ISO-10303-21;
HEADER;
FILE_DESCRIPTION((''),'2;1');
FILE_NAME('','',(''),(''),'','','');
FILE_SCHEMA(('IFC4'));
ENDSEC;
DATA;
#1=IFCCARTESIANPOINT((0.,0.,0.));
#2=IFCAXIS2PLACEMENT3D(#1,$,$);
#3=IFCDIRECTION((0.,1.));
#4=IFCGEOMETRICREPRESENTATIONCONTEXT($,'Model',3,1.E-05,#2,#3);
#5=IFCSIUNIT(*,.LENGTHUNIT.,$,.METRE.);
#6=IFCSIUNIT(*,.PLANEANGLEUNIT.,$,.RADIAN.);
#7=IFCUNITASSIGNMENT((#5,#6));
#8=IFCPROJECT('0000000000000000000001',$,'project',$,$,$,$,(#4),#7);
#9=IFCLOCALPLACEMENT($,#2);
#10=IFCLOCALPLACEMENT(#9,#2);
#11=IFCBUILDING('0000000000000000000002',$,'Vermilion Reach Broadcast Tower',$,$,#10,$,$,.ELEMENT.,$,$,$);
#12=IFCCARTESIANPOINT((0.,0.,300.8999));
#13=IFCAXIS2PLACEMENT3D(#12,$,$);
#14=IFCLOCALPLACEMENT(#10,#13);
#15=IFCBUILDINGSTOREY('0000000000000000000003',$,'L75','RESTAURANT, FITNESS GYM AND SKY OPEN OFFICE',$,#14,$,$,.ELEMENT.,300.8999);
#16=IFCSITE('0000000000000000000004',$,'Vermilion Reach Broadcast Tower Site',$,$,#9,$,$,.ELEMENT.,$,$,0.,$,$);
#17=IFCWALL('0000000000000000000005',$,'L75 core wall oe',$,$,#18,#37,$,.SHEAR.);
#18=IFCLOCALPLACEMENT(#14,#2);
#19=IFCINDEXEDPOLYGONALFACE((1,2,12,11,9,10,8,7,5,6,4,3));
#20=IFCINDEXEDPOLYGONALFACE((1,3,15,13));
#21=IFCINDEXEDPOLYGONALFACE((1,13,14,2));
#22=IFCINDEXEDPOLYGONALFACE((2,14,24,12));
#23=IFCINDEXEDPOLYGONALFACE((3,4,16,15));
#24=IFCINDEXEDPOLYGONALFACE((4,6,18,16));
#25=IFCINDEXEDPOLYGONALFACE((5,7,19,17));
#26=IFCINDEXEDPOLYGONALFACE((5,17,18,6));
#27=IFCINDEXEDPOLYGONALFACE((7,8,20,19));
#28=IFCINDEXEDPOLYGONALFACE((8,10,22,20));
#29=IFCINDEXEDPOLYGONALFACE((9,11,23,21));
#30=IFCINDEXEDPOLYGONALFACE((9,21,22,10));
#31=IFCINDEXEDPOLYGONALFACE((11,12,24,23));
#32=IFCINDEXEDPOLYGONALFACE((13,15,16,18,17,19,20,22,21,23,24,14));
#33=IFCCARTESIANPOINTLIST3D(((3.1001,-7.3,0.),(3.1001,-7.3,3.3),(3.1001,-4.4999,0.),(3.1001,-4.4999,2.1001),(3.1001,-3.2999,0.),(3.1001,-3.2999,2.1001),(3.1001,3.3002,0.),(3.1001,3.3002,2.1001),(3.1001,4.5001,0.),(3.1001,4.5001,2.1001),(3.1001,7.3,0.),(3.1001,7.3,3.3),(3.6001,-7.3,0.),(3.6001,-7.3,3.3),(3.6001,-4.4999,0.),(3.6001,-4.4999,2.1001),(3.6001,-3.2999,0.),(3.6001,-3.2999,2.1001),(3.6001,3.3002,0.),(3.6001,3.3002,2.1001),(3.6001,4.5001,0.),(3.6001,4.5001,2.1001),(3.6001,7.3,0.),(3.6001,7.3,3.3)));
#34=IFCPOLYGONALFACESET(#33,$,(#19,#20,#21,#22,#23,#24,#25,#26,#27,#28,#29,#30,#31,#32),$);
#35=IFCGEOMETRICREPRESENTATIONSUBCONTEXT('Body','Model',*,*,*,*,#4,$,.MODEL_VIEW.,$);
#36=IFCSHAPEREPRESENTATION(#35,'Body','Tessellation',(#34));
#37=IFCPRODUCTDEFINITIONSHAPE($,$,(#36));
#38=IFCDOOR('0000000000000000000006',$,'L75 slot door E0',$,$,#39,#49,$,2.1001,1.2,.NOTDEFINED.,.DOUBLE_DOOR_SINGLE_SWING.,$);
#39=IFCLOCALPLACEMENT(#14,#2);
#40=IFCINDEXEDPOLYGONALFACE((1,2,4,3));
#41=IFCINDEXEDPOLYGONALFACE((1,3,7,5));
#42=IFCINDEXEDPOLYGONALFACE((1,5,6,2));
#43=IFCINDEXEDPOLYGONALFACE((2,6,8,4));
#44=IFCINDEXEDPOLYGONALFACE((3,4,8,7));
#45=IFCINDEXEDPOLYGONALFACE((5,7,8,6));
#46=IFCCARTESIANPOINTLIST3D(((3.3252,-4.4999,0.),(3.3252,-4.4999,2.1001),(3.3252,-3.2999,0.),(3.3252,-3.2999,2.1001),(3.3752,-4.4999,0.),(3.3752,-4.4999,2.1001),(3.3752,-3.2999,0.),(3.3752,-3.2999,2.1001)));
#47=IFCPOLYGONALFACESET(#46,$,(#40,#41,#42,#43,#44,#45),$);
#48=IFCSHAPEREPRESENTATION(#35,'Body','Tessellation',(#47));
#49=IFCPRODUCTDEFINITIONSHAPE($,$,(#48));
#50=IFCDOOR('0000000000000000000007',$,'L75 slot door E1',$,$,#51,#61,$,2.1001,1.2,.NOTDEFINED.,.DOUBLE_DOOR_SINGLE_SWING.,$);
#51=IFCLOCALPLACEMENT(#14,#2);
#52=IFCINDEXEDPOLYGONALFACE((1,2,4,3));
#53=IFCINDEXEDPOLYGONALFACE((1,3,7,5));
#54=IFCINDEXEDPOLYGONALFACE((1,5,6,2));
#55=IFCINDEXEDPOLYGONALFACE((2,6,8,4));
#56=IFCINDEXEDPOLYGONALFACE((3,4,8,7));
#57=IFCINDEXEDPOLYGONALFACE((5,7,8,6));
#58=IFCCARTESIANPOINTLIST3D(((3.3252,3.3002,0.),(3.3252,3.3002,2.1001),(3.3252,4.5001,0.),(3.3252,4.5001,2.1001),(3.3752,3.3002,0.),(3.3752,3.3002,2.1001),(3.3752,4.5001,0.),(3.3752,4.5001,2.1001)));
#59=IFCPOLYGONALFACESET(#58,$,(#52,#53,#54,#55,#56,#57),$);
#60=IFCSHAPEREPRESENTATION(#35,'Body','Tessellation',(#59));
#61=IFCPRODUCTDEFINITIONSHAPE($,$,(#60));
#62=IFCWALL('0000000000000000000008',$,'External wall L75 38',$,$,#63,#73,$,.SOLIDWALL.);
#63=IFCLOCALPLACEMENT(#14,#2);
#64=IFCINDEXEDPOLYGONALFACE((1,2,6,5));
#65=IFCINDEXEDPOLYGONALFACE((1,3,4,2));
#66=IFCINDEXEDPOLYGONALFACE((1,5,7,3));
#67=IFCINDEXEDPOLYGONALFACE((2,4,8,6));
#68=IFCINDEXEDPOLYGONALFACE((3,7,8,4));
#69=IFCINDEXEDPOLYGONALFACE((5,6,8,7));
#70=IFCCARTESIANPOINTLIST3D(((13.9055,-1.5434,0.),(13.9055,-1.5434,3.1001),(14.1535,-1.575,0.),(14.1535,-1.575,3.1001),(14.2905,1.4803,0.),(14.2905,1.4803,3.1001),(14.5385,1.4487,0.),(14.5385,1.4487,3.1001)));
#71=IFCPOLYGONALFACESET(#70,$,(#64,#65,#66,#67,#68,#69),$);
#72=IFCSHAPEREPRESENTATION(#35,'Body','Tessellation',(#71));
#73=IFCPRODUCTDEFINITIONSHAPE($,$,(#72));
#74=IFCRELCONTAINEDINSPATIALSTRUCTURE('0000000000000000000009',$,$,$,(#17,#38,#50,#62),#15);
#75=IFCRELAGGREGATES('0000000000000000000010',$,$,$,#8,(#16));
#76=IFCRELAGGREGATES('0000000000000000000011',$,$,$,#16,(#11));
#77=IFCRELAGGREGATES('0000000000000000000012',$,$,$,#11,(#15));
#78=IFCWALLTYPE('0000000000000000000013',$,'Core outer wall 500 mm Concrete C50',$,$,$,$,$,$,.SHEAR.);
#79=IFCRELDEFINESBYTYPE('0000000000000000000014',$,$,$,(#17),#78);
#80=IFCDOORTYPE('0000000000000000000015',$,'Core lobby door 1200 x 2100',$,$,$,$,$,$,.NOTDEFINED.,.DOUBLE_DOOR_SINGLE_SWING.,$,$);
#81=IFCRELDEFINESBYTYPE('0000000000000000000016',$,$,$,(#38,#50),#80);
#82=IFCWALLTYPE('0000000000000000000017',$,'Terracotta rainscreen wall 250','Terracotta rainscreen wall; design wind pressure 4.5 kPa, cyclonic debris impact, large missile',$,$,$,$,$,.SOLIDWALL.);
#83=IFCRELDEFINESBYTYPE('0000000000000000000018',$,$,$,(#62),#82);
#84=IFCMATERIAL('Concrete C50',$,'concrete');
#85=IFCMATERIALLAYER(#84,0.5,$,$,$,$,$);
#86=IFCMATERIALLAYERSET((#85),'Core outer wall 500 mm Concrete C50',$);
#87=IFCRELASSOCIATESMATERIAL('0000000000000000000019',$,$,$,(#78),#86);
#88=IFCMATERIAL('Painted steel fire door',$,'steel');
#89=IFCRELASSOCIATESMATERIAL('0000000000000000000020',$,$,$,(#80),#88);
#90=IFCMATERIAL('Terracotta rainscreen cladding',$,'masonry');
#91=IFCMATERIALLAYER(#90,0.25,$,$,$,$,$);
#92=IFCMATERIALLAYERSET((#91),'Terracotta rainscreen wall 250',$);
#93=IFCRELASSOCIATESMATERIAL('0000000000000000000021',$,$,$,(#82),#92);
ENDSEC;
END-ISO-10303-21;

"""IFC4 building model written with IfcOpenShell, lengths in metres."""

from ifc_helpers import new_model, si_unit, direction, frame, frame_2d, origin, place, context, subcontext, project, spatial, rectangle, extrude, material, layer, layer_set, type_object, element, fill, save


model = new_model("IFC4")

# Units and contexts
model_context = context("Model", 3, precision=1e-05, world=origin(), true_north=direction((0.0, 1.0)))
body_context = subcontext(model_context, "Body", "Model", "MODEL_VIEW")
ifc_project = project(units=[si_unit("LENGTHUNIT", "METRE"), si_unit("PLANEANGLEUNIT", "RADIAN")], contexts=[model_context])

# Site, building, storey
site_placement = place(None, origin())
site = spatial("IfcSite", under=ifc_project, at=site_placement, Name="Vermilion Reach Broadcast Tower Site", CompositionType="ELEMENT", RefElevation=0.0)
building_placement = place(site_placement, origin())
building = spatial("IfcBuilding", under=site, at=building_placement, Name="Vermilion Reach Broadcast Tower", CompositionType="ELEMENT")
storey_placement = place(building_placement, frame((0.0, 0.0, 300.8999)))
storey = spatial("IfcBuildingStorey", under=building, at=storey_placement, Name="L75", Description="RESTAURANT, FITNESS GYM AND SKY OPEN OFFICE", CompositionType="ELEMENT", Elevation=300.8999)

# Wall, openings, doors
ifc_material_1 = material(Name="Concrete C50", Category="concrete")
ifc_layer_1 = layer(ifc_material_1, 0.5)
ifc_layer_set_1 = layer_set([ifc_layer_1], Name="Core outer wall 500 mm Concrete C50")
wall_type_1 = type_object("IfcWallType", Name="Core outer wall 500 mm Concrete C50", PredefinedType="SHEAR", material=ifc_layer_set_1)
wall_1_placement = place(storey_placement, frame((3.3501, -7.3, 0.0), z_axis=(0.0, 0.0, 1.0), x_axis=(0.0, 1.0, 0.0)))
wall_1 = element("IfcWall", 1, at=wall_1_placement, inside=storey, type_object=wall_type_1, Name="L75 core wall oe", PredefinedType="SHEAR", context=body_context, shape_type="SweptSolid", body=[
    extrude(rectangle(XDim=14.6001, YDim=0.5, at=frame_2d((7.3, 0.0))), origin(), (0.0, 0.0, 1.0), 3.3),
])
opening_1_placement = place(wall_1_placement, frame((2.8, 0.0, 0.0)))
opening_1 = element("IfcOpeningElement", 2, at=opening_1_placement, cuts=wall_1, PredefinedType="OPENING", context=body_context, shape_type="SweptSolid", body=[
    extrude(rectangle(XDim=1.2, YDim=2.1001, at=frame_2d((0.6001, 1.05))), frame((0.0, 0.26, 0.0), z_axis=(0.0, -1.0, 0.0), x_axis=(1.0, 0.0, 0.0)), (0.0, 0.0, 1.0), 0.52),
])
opening_2_placement = place(wall_1_placement, frame((10.6001, 0.0, 0.0)))
opening_2 = element("IfcOpeningElement", 3, at=opening_2_placement, cuts=wall_1, PredefinedType="OPENING", context=body_context, shape_type="SweptSolid", body=[
    extrude(rectangle(XDim=1.2, YDim=2.1001, at=frame_2d((0.6001, 1.05))), frame((0.0, 0.26, 0.0), z_axis=(0.0, -1.0, 0.0), x_axis=(1.0, 0.0, 0.0)), (0.0, 0.0, 1.0), 0.52),
])
ifc_material_2 = material(Name="Painted steel fire door", Category="steel")
door_type_1 = type_object("IfcDoorType", Name="Core lobby door 1200 x 2100", OperationType="DOUBLE_DOOR_SINGLE_SWING", PredefinedType="NOTDEFINED", material=ifc_material_2)
door_1_placement = place(opening_1_placement, origin())
door_1 = element("IfcDoor", 4, at=door_1_placement, inside=storey, type_object=door_type_1, Name="L75 slot door E0", OperationType="DOUBLE_DOOR_SINGLE_SWING", OverallHeight=2.1001, OverallWidth=1.2, PredefinedType="NOTDEFINED", context=body_context, shape_type="SweptSolid", body=[
    extrude(rectangle(XDim=1.2, YDim=2.1001, at=frame_2d((0.6001, 1.05))), frame((0.0, 0.0249, 0.0), z_axis=(0.0, -1.0, 0.0), x_axis=(1.0, 0.0, 0.0)), (0.0, 0.0, 1.0), 0.05),
])
fill(opening_1, door_1)
door_2_placement = place(opening_2_placement, origin())
door_2 = element("IfcDoor", 5, at=door_2_placement, inside=storey, type_object=door_type_1, Name="L75 slot door E1", OperationType="DOUBLE_DOOR_SINGLE_SWING", OverallHeight=2.1001, OverallWidth=1.2, PredefinedType="NOTDEFINED", context=body_context, shape_type="SweptSolid", body=[
    extrude(rectangle(XDim=1.2, YDim=2.1001, at=frame_2d((0.6001, 1.05))), frame((0.0, 0.0249, 0.0), z_axis=(0.0, -1.0, 0.0), x_axis=(1.0, 0.0, 0.0)), (0.0, 0.0, 1.0), 0.05),
])
fill(opening_2, door_2)

# Wall
ifc_material_3 = material(Name="Terracotta rainscreen cladding", Category="masonry")
ifc_layer_2 = layer(ifc_material_3, 0.25)
ifc_layer_set_2 = layer_set([ifc_layer_2], Name="Terracotta rainscreen wall 250")
wall_type_2 = type_object("IfcWallType", Name="Terracotta rainscreen wall 250", Description="Terracotta rainscreen wall; design wind pressure 4.5 kPa, cyclonic debris impact, large missile", PredefinedType="SOLIDWALL", material=ifc_layer_set_2)
wall_2_placement = place(storey_placement, frame((14.0295, -1.5591, 0.0), z_axis=(0.0, 0.0, 1.0), x_axis=(0.126312, 0.991991, 0.0)))
element("IfcWall", 6, at=wall_2_placement, inside=storey, type_object=wall_type_2, Name="External wall L75 38", PredefinedType="SOLIDWALL", context=body_context, shape_type="SweptSolid", body=[
    extrude(rectangle(XDim=3.0481, YDim=0.25, at=frame_2d((1.5239, 0.0))), origin(), (0.0, 0.0, 1.0), 3.1001),
])

save(model, "model.ifc")
